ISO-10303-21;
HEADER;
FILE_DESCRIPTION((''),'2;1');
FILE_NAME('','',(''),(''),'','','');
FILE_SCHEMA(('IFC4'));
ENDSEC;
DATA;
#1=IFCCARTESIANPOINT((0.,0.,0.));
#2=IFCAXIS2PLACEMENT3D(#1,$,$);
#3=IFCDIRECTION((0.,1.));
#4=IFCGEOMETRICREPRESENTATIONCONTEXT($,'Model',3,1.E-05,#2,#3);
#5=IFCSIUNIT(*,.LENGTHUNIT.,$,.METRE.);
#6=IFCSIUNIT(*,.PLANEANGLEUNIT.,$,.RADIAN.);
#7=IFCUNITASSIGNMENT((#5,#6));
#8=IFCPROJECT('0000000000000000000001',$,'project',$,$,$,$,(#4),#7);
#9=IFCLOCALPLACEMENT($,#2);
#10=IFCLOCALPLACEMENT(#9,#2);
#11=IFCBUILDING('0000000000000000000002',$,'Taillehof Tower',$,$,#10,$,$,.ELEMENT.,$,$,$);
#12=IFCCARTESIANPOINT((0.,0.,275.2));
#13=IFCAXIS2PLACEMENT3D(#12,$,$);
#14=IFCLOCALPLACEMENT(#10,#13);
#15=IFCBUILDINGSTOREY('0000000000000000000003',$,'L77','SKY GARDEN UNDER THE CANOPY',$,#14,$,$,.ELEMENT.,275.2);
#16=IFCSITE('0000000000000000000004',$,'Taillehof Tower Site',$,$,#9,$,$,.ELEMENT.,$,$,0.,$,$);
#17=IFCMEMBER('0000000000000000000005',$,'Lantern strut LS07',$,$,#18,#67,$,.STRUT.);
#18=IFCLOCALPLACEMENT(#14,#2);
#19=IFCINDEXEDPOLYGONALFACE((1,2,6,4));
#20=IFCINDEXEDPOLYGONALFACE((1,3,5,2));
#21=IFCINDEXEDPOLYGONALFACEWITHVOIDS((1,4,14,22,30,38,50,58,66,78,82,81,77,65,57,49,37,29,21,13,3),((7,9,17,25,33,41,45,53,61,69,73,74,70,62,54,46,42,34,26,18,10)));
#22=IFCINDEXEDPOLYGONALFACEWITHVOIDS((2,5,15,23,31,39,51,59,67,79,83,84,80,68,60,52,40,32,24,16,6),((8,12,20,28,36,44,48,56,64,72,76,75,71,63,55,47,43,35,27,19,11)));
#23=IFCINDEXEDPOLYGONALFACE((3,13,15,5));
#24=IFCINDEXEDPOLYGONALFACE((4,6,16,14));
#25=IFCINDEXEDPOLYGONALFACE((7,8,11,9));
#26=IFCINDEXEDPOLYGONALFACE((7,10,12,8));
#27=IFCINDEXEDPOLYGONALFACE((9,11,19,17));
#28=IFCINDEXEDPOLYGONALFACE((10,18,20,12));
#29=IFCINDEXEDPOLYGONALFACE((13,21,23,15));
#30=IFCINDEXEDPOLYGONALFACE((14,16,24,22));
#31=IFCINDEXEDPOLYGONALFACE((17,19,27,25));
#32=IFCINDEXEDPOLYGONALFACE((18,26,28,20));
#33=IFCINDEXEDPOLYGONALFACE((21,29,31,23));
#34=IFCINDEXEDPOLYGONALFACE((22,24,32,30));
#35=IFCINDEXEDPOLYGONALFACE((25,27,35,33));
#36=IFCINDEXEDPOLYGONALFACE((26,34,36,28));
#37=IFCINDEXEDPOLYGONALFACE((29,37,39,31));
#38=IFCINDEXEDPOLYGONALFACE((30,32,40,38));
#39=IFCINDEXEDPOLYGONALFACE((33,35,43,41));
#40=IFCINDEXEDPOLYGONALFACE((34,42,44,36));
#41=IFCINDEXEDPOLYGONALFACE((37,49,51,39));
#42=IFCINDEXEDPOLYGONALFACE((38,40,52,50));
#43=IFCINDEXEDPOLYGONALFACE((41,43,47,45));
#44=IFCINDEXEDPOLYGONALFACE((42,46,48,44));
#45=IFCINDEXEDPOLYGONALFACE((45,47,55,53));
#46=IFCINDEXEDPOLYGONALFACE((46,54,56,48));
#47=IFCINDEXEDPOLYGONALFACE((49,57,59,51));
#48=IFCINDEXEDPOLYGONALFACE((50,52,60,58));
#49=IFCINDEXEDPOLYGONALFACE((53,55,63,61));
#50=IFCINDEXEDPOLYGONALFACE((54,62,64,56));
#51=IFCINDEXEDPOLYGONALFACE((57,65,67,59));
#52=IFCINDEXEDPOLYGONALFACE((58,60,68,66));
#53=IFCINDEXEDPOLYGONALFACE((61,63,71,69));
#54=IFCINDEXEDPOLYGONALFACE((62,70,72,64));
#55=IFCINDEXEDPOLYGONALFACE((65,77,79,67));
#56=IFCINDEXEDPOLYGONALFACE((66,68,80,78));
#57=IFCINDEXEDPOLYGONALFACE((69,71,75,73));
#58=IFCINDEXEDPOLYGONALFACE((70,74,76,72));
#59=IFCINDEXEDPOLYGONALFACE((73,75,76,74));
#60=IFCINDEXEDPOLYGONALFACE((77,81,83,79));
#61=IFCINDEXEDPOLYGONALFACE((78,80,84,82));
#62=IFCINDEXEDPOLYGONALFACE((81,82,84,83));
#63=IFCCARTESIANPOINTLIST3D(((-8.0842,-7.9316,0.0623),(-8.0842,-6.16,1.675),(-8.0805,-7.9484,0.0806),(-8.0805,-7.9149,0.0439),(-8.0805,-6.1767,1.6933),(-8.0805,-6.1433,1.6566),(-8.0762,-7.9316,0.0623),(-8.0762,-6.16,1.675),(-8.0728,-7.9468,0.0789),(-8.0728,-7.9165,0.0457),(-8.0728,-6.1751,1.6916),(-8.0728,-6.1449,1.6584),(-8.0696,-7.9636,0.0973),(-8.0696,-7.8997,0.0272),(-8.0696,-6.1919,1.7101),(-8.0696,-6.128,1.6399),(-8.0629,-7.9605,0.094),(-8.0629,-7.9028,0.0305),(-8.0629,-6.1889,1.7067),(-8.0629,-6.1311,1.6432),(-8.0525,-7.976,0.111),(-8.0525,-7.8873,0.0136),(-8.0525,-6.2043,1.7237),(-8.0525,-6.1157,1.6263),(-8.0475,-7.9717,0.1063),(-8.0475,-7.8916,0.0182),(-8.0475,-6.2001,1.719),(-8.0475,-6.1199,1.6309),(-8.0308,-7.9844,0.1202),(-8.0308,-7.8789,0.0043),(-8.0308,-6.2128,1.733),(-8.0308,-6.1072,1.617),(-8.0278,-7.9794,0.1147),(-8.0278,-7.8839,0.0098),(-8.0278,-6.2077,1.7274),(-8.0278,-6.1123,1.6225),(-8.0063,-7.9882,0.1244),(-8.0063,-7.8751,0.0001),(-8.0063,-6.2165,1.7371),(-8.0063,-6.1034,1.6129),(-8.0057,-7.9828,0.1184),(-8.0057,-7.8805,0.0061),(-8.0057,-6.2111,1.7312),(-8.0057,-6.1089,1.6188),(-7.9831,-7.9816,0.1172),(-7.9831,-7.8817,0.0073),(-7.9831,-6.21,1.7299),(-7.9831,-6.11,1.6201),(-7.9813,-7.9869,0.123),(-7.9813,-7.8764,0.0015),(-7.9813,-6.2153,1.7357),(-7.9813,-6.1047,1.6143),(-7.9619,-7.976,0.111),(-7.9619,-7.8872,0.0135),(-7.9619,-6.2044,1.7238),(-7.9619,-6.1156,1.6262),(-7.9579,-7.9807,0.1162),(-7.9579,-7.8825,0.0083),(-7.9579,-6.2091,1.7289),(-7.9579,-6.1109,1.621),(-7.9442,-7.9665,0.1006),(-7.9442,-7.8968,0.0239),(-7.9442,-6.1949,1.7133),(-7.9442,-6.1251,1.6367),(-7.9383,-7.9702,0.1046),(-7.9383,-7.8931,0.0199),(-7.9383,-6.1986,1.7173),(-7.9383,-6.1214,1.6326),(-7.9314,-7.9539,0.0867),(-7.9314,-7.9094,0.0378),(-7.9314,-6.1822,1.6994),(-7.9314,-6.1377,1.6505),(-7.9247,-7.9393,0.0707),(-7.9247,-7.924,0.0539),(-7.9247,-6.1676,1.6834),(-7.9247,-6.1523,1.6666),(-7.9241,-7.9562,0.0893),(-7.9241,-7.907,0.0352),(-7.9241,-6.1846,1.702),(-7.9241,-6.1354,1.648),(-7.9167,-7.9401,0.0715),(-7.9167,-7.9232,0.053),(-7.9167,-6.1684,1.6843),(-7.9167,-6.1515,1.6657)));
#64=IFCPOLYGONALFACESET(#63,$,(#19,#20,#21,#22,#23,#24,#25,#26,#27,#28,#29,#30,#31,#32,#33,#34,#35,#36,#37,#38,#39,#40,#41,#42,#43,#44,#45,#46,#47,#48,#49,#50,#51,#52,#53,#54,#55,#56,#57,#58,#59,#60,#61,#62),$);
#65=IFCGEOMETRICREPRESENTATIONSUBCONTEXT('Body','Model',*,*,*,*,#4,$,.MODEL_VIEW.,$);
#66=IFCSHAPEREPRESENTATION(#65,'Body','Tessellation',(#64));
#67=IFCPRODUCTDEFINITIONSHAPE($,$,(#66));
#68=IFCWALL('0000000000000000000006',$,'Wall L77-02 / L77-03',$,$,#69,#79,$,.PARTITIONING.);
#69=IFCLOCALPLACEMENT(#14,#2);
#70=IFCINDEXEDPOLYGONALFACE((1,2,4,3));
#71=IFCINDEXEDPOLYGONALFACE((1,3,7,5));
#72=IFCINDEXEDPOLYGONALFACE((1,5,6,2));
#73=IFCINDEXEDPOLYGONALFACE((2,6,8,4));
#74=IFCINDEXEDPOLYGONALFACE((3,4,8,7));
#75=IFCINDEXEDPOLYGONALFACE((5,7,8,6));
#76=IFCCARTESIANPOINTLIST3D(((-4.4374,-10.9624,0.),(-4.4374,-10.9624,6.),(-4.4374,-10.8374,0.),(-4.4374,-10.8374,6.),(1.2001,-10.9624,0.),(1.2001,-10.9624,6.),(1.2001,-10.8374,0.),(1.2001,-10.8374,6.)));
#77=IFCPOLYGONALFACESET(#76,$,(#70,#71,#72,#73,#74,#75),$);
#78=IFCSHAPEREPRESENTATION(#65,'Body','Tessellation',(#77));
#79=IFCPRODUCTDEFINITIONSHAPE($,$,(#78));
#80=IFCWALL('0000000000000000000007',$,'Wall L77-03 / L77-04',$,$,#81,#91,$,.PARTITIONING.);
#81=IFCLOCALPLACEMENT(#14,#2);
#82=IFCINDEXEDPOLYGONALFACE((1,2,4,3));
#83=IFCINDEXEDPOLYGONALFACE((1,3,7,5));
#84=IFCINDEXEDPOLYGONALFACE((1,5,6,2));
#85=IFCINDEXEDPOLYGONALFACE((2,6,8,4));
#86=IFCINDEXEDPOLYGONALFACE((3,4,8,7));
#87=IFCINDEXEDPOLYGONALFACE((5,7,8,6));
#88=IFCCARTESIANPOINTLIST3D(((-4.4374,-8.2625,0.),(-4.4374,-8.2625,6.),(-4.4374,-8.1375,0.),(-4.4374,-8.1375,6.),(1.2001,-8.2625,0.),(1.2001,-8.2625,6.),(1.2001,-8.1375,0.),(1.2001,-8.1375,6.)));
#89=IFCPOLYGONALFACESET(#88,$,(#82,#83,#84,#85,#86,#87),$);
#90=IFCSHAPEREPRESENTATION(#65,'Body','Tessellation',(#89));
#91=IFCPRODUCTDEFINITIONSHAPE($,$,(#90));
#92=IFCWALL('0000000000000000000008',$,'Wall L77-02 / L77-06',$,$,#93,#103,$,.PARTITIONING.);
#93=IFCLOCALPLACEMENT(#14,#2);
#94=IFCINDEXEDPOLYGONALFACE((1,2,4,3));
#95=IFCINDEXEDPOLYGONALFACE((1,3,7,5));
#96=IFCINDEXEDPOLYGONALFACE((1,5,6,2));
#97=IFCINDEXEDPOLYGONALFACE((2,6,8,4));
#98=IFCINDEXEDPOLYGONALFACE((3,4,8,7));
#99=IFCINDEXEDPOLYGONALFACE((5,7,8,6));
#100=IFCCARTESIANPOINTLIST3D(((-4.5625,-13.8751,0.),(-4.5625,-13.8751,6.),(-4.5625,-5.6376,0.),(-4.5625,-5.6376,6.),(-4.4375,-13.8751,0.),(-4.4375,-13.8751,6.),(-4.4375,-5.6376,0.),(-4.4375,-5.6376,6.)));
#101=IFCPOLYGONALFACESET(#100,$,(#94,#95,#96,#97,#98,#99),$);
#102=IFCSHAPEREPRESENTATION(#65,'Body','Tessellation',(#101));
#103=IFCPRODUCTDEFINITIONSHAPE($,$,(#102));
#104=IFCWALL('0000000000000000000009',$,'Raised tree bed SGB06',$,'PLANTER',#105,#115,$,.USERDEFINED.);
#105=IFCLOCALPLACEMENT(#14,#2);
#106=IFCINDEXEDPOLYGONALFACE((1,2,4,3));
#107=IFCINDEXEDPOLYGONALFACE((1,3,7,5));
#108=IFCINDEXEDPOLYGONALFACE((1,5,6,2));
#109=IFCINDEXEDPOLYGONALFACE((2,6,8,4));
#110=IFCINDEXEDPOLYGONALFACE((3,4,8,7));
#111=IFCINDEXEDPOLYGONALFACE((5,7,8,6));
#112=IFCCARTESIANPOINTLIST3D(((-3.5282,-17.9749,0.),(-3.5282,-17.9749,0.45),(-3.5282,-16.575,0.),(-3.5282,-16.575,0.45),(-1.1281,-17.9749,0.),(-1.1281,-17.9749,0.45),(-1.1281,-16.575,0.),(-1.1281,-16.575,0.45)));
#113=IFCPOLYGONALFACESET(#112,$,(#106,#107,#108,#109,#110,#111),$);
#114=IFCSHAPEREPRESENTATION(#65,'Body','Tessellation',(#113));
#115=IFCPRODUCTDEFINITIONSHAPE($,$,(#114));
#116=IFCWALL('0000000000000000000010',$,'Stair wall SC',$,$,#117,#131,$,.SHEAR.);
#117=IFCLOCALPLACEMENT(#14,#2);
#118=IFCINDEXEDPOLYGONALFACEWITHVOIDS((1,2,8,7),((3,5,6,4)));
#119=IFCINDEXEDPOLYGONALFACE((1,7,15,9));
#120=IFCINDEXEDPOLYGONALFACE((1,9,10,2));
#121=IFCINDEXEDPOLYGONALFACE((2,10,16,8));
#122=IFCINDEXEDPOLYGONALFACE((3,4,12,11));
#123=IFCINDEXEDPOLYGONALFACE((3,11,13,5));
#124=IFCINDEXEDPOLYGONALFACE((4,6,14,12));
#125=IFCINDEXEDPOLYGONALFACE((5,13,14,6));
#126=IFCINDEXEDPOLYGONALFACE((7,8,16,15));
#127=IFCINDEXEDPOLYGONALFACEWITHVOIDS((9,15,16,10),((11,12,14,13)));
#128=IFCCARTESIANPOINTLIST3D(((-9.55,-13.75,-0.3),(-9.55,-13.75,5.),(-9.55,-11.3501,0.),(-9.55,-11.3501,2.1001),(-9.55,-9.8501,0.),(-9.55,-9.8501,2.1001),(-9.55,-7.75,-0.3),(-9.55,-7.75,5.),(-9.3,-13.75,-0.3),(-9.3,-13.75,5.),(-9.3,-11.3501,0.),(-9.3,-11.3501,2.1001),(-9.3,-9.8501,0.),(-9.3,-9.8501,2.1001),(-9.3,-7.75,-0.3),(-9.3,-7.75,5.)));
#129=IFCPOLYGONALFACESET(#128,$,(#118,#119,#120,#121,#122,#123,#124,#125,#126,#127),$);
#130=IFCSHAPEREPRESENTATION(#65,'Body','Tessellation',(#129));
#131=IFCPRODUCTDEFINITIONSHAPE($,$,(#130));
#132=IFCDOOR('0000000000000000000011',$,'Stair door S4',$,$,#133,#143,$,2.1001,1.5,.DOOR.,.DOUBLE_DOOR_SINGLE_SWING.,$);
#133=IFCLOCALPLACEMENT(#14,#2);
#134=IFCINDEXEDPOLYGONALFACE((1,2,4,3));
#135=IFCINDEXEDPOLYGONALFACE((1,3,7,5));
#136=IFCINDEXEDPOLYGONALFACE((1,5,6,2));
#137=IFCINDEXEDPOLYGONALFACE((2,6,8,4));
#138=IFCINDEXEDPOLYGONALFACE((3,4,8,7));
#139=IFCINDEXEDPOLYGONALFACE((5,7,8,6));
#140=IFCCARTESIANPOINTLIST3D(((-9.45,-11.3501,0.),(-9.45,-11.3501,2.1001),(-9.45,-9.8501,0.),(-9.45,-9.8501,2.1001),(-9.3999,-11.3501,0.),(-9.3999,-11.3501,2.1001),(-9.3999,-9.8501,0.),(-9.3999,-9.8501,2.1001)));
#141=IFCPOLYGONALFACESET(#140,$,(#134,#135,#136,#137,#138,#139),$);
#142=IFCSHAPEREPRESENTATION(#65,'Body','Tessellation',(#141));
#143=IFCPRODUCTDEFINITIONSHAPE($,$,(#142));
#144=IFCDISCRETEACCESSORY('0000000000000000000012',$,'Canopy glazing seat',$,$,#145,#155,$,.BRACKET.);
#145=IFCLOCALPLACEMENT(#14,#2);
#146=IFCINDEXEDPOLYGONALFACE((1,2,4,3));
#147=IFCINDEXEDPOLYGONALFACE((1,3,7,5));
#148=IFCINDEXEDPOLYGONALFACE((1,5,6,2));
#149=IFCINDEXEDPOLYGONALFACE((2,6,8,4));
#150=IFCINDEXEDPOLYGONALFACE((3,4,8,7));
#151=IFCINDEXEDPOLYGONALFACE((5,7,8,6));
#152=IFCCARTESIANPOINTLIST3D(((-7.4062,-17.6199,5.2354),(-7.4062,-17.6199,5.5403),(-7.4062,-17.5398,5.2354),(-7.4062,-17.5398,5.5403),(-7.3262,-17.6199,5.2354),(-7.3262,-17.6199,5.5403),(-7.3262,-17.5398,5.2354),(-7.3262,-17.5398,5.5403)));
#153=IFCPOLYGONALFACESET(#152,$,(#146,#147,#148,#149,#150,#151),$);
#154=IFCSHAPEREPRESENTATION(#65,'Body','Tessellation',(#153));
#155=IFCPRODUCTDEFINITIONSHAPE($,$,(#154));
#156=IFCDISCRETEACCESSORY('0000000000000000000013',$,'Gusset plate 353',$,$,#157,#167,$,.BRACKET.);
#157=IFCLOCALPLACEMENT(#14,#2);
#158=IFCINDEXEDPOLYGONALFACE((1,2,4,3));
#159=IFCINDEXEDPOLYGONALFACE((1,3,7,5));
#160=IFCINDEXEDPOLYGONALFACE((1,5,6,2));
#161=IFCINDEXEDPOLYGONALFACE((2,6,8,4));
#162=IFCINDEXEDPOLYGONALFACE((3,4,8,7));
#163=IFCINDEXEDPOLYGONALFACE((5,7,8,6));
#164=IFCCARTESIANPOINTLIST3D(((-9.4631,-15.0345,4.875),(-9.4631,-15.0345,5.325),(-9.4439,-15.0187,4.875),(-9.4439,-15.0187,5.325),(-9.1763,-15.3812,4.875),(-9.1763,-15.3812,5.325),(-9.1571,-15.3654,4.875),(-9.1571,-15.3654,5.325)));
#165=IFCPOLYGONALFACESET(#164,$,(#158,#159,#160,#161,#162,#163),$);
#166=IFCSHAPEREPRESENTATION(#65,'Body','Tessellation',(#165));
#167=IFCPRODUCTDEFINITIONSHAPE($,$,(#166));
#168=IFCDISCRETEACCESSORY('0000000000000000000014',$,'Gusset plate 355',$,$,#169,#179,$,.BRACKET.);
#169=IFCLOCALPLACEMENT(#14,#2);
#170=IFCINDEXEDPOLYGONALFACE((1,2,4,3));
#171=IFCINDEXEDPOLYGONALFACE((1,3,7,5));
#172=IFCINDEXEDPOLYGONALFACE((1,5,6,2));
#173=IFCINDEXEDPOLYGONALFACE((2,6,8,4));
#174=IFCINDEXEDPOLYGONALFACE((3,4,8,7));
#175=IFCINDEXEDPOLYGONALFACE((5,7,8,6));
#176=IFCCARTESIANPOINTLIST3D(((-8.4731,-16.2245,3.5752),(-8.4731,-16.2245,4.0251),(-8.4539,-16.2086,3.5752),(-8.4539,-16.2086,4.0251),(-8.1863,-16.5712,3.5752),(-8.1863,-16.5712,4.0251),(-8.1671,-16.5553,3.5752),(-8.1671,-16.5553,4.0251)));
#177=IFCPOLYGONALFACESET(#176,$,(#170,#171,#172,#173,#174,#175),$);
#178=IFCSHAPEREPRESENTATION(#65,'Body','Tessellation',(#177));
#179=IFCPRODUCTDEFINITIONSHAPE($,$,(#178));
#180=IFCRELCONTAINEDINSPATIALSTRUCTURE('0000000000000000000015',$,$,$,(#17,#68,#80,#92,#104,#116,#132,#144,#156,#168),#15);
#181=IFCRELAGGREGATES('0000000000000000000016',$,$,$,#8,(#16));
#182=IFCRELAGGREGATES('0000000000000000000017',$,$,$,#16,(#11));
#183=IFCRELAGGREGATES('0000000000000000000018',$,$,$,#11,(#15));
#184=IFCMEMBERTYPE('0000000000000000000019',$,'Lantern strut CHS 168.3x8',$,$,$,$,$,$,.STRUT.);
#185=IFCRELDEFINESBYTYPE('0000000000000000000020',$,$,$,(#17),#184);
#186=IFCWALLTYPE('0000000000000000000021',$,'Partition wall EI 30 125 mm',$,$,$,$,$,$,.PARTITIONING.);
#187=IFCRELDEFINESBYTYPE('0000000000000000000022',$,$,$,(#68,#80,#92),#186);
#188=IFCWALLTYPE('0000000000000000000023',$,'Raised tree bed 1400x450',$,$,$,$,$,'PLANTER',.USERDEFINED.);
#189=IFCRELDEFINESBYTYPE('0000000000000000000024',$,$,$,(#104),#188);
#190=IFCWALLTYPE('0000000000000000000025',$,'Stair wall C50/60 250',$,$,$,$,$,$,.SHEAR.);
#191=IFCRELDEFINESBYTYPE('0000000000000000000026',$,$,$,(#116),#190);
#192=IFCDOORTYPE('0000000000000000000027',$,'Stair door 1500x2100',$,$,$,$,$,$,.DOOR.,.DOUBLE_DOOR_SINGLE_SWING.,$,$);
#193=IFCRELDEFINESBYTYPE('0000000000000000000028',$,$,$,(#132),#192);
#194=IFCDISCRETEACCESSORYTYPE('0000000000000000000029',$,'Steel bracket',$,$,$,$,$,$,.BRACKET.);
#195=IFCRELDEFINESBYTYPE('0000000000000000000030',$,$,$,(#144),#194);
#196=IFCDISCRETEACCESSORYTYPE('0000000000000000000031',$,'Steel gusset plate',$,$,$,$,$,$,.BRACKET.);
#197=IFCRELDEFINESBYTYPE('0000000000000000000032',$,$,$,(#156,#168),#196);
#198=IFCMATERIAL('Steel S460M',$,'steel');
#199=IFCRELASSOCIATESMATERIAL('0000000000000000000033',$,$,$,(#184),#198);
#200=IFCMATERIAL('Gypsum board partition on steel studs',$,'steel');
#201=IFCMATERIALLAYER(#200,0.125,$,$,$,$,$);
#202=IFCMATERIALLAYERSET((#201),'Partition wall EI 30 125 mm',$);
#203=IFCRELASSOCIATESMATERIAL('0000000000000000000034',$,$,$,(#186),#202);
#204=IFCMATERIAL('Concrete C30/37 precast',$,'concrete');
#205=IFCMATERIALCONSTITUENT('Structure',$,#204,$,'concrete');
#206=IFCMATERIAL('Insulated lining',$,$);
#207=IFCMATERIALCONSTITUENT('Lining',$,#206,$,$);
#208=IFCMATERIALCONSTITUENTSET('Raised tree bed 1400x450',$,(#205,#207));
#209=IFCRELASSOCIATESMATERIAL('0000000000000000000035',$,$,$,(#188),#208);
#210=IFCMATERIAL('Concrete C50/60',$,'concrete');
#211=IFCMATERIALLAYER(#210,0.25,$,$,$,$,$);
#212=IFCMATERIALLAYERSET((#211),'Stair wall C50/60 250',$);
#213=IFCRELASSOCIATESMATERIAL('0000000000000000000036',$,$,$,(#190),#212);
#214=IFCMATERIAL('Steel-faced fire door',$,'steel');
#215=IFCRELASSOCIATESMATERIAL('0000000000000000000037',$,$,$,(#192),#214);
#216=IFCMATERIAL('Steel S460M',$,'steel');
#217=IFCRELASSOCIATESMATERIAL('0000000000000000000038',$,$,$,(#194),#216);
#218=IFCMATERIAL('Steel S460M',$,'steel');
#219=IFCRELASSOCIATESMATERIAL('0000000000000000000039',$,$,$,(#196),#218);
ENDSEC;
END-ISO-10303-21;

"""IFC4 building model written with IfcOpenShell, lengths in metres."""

from ifc_helpers import new_model, si_unit, direction, frame, frame_2d, origin, origin_2d, place, context, subcontext, project, spatial, rectangle, hollow_circle, extrude, material, layer, layer_set, constituent, constituent_set, material_profile, profile_set, type_object, element, fill, save


model = new_model("IFC4")

# Units and contexts
model_context = context("Model", 3, precision=1e-05, world=origin(), true_north=direction((0.0, 1.0)))
body_context = subcontext(model_context, "Body", "Model", "MODEL_VIEW")
ifc_project = project(units=[si_unit("LENGTHUNIT", "METRE"), si_unit("PLANEANGLEUNIT", "RADIAN")], contexts=[model_context])

# Site, building, storey
site_placement = place(None, origin())
site = spatial("IfcSite", under=ifc_project, at=site_placement, Name="Taillehof Tower Site", CompositionType="ELEMENT", RefElevation=0.0)
building_placement = place(site_placement, origin())
building = spatial("IfcBuilding", under=site, at=building_placement, Name="Taillehof Tower", CompositionType="ELEMENT")
storey_placement = place(building_placement, frame((0.0, 0.0, 275.2)))
storey = spatial("IfcBuildingStorey", under=building, at=storey_placement, Name="L77", Description="SKY GARDEN UNDER THE CANOPY", CompositionType="ELEMENT", Elevation=275.2)

# Member
ifc_material_1 = material(Name="Steel S460M", Category="steel")
ifc_material_profile_1 = material_profile(ifc_material_1, hollow_circle(Radius=0.0842, WallThickness=0.0081, at=origin_2d()), Name="CHS 168.3x8")
ifc_profile_set_1 = profile_set([ifc_material_profile_1], Name="Steel S460M")
member_type_1 = type_object("IfcMemberType", Name="Lantern strut CHS 168.3x8", PredefinedType="STRUT", material=ifc_profile_set_1)
member_placement = place(storey_placement, frame((-8.0, -7.9316, 0.0623), z_axis=(0.0, 0.739497, 0.67316), x_axis=(-1.0, 0.0, 0.0)))
element("IfcMember", 1, at=member_placement, inside=storey, type_object=member_type_1, Name="Lantern strut LS07", PredefinedType="STRUT", context=body_context, shape_type="SweptSolid", body=[
    extrude(hollow_circle(Radius=0.0842, WallThickness=0.0081, at=origin_2d()), origin(), (0.0, 0.0, 1.0), 2.3958),
])

# Walls
ifc_material_2 = material(Name="Gypsum board partition on steel studs", Category="steel")
ifc_layer_1 = layer(ifc_material_2, 0.125)
ifc_layer_set_1 = layer_set([ifc_layer_1], Name="Partition wall EI 30 125 mm")
wall_type_1 = type_object("IfcWallType", Name="Partition wall EI 30 125 mm", PredefinedType="PARTITIONING", material=ifc_layer_set_1)
for number, where, z_axis, x_axis, name in (
    (2, (-4.4375, -10.8999, 0.0), (0.0, 0.0, 1.0), (1.0, 0.0, 0.0), "Wall L77-02 / L77-03"),
    (3, (-4.4375, -8.2, 0.0), (0.0, 0.0, 1.0), (1.0, 0.0, 0.0), "Wall L77-03 / L77-04"),
):
    element("IfcWall", number, at=place(storey_placement, frame(where, z_axis=z_axis, x_axis=x_axis)), inside=storey, type_object=wall_type_1, Name=name, PredefinedType="PARTITIONING", context=body_context, shape_type="SweptSolid", body=[
        extrude(rectangle(XDim=5.6375, YDim=0.125, at=frame_2d((2.8188, 0.0))), origin(), (0.0, 0.0, 1.0), 6.0),
    ])
wall_1_placement = place(storey_placement, frame((-4.5, -13.875, 0.0), z_axis=(0.0, 0.0, 1.0), x_axis=(0.0, 1.0, 0.0)))
element("IfcWall", 4, at=wall_1_placement, inside=storey, type_object=wall_type_1, Name="Wall L77-02 / L77-06", PredefinedType="PARTITIONING", context=body_context, shape_type="SweptSolid", body=[
    extrude(rectangle(XDim=8.2375, YDim=0.125, at=frame_2d((4.1187, 0.0))), origin(), (0.0, 0.0, 1.0), 6.0),
])
ifc_material_3 = material(Name="Concrete C30/37 precast", Category="concrete")
ifc_constituent_1 = constituent(ifc_material_3, Name="Structure", Category="concrete")
ifc_material_4 = material(Name="Insulated lining")
ifc_constituent_2 = constituent(ifc_material_4, Name="Lining")
ifc_constituent_set = constituent_set(constituents=[ifc_constituent_1, ifc_constituent_2], Name="Raised tree bed 1400x450")
wall_type_2 = type_object("IfcWallType", Name="Raised tree bed 1400x450", ElementType="PLANTER", PredefinedType="USERDEFINED", material=ifc_constituent_set)
wall_2_placement = place(storey_placement, frame((-3.5283, -17.2749, 0.0), z_axis=(0.0, 0.0, 1.0), x_axis=(1.0, 0.0, 0.0)))
element("IfcWall", 5, at=wall_2_placement, inside=storey, type_object=wall_type_2, Name="Raised tree bed SGB06", ObjectType="PLANTER", PredefinedType="USERDEFINED", context=body_context, shape_type="SweptSolid", body=[
    extrude(rectangle(XDim=2.4001, YDim=1.3999, at=frame_2d((1.2002, 0.0))), origin(), (0.0, 0.0, 1.0), 0.45),
])

# Wall, opening, door
ifc_material_5 = material(Name="Concrete C50/60", Category="concrete")
ifc_layer_2 = layer(ifc_material_5, 0.25)
ifc_layer_set_2 = layer_set([ifc_layer_2], Name="Stair wall C50/60 250")
wall_type_3 = type_object("IfcWallType", Name="Stair wall C50/60 250", PredefinedType="SHEAR", material=ifc_layer_set_2)
wall_3_placement = place(storey_placement, frame((-9.425, -13.75, -0.3), z_axis=(0.0, 0.0, 1.0), x_axis=(0.0, 1.0, 0.0)))
wall_3 = element("IfcWall", 6, at=wall_3_placement, inside=storey, type_object=wall_type_3, Name="Stair wall SC", PredefinedType="SHEAR", context=body_context, shape_type="SweptSolid", body=[
    extrude(rectangle(XDim=6.0, YDim=0.25, at=frame_2d((3.0, 0.0))), origin(), (0.0, 0.0, 1.0), 5.3),
])
opening_1_placement = place(wall_3_placement, frame((2.3999, 0.0, 0.3)))
opening_1 = element("IfcOpeningElement", 7, at=opening_1_placement, cuts=wall_3, PredefinedType="OPENING", context=body_context, shape_type="SweptSolid", body=[
    extrude(rectangle(XDim=1.5, YDim=2.1001, at=frame_2d((0.75, 1.05))), frame((0.0, 0.135, 0.0), z_axis=(0.0, -1.0, 0.0), x_axis=(1.0, 0.0, 0.0)), (0.0, 0.0, 1.0), 0.27),
])
ifc_material_6 = material(Name="Steel-faced fire door", Category="steel")
door_type_1 = type_object("IfcDoorType", Name="Stair door 1500x2100", OperationType="DOUBLE_DOOR_SINGLE_SWING", PredefinedType="DOOR", material=ifc_material_6)
door_1_placement = place(opening_1_placement, origin())
door_1 = element("IfcDoor", 8, at=door_1_placement, inside=storey, type_object=door_type_1, Name="Stair door S4", OperationType="DOUBLE_DOOR_SINGLE_SWING", OverallHeight=2.1001, OverallWidth=1.5, PredefinedType="DOOR", context=body_context, shape_type="SweptSolid", body=[
    extrude(rectangle(XDim=1.5, YDim=2.1001, at=frame_2d((0.75, 1.05))), frame((0.0, 0.0249, 0.0), z_axis=(0.0, -1.0, 0.0), x_axis=(1.0, 0.0, 0.0)), (0.0, 0.0, 1.0), 0.05),
])
fill(opening_1, door_1)

# Discrete accessories
ifc_material_7 = material(Name="Steel S460M", Category="steel")
discrete_accessory_type_1 = type_object("IfcDiscreteAccessoryType", Name="Steel bracket", PredefinedType="BRACKET", material=ifc_material_7)
discrete_accessory_placement = place(storey_placement, frame((-7.3662, -17.5798, 5.2354), z_axis=(0.0, 0.0, 1.0), x_axis=(1.0, 0.0, 0.0)))
element("IfcDiscreteAccessory", 9, at=discrete_accessory_placement, inside=storey, type_object=discrete_accessory_type_1, Name="Canopy glazing seat", PredefinedType="BRACKET", context=body_context, shape_type="SweptSolid", body=[
    extrude(rectangle(XDim=0.0801, YDim=0.0801, at=origin_2d()), origin(), (0.0, 0.0, 1.0), 0.3049),
])
ifc_material_8 = material(Name="Steel S460M", Category="steel")
discrete_accessory_type_2 = type_object("IfcDiscreteAccessoryType", Name="Steel gusset plate", PredefinedType="BRACKET", material=ifc_material_8)
for number, where, z_axis, x_axis, name in (
    (10, (-9.3101, -15.2, 4.875), (0.0, 0.0, 1.0), (-0.637404, 0.77053, 0.0), "Gusset plate 353"),
    (11, (-8.3201, -16.3899, 3.5752), (0.0, 0.0, 1.0), (-0.637404, 0.77053, 0.0), "Gusset plate 355"),
):
    element("IfcDiscreteAccessory", number, at=place(storey_placement, frame(where, z_axis=z_axis, x_axis=x_axis)), inside=storey, type_object=discrete_accessory_type_2, Name=name, PredefinedType="BRACKET", context=body_context, shape_type="SweptSolid", body=[
        extrude(rectangle(XDim=0.45, YDim=0.0249, at=origin_2d()), origin(), (0.0, 0.0, 1.0), 0.45),
    ])

save(model, "model.ifc")
